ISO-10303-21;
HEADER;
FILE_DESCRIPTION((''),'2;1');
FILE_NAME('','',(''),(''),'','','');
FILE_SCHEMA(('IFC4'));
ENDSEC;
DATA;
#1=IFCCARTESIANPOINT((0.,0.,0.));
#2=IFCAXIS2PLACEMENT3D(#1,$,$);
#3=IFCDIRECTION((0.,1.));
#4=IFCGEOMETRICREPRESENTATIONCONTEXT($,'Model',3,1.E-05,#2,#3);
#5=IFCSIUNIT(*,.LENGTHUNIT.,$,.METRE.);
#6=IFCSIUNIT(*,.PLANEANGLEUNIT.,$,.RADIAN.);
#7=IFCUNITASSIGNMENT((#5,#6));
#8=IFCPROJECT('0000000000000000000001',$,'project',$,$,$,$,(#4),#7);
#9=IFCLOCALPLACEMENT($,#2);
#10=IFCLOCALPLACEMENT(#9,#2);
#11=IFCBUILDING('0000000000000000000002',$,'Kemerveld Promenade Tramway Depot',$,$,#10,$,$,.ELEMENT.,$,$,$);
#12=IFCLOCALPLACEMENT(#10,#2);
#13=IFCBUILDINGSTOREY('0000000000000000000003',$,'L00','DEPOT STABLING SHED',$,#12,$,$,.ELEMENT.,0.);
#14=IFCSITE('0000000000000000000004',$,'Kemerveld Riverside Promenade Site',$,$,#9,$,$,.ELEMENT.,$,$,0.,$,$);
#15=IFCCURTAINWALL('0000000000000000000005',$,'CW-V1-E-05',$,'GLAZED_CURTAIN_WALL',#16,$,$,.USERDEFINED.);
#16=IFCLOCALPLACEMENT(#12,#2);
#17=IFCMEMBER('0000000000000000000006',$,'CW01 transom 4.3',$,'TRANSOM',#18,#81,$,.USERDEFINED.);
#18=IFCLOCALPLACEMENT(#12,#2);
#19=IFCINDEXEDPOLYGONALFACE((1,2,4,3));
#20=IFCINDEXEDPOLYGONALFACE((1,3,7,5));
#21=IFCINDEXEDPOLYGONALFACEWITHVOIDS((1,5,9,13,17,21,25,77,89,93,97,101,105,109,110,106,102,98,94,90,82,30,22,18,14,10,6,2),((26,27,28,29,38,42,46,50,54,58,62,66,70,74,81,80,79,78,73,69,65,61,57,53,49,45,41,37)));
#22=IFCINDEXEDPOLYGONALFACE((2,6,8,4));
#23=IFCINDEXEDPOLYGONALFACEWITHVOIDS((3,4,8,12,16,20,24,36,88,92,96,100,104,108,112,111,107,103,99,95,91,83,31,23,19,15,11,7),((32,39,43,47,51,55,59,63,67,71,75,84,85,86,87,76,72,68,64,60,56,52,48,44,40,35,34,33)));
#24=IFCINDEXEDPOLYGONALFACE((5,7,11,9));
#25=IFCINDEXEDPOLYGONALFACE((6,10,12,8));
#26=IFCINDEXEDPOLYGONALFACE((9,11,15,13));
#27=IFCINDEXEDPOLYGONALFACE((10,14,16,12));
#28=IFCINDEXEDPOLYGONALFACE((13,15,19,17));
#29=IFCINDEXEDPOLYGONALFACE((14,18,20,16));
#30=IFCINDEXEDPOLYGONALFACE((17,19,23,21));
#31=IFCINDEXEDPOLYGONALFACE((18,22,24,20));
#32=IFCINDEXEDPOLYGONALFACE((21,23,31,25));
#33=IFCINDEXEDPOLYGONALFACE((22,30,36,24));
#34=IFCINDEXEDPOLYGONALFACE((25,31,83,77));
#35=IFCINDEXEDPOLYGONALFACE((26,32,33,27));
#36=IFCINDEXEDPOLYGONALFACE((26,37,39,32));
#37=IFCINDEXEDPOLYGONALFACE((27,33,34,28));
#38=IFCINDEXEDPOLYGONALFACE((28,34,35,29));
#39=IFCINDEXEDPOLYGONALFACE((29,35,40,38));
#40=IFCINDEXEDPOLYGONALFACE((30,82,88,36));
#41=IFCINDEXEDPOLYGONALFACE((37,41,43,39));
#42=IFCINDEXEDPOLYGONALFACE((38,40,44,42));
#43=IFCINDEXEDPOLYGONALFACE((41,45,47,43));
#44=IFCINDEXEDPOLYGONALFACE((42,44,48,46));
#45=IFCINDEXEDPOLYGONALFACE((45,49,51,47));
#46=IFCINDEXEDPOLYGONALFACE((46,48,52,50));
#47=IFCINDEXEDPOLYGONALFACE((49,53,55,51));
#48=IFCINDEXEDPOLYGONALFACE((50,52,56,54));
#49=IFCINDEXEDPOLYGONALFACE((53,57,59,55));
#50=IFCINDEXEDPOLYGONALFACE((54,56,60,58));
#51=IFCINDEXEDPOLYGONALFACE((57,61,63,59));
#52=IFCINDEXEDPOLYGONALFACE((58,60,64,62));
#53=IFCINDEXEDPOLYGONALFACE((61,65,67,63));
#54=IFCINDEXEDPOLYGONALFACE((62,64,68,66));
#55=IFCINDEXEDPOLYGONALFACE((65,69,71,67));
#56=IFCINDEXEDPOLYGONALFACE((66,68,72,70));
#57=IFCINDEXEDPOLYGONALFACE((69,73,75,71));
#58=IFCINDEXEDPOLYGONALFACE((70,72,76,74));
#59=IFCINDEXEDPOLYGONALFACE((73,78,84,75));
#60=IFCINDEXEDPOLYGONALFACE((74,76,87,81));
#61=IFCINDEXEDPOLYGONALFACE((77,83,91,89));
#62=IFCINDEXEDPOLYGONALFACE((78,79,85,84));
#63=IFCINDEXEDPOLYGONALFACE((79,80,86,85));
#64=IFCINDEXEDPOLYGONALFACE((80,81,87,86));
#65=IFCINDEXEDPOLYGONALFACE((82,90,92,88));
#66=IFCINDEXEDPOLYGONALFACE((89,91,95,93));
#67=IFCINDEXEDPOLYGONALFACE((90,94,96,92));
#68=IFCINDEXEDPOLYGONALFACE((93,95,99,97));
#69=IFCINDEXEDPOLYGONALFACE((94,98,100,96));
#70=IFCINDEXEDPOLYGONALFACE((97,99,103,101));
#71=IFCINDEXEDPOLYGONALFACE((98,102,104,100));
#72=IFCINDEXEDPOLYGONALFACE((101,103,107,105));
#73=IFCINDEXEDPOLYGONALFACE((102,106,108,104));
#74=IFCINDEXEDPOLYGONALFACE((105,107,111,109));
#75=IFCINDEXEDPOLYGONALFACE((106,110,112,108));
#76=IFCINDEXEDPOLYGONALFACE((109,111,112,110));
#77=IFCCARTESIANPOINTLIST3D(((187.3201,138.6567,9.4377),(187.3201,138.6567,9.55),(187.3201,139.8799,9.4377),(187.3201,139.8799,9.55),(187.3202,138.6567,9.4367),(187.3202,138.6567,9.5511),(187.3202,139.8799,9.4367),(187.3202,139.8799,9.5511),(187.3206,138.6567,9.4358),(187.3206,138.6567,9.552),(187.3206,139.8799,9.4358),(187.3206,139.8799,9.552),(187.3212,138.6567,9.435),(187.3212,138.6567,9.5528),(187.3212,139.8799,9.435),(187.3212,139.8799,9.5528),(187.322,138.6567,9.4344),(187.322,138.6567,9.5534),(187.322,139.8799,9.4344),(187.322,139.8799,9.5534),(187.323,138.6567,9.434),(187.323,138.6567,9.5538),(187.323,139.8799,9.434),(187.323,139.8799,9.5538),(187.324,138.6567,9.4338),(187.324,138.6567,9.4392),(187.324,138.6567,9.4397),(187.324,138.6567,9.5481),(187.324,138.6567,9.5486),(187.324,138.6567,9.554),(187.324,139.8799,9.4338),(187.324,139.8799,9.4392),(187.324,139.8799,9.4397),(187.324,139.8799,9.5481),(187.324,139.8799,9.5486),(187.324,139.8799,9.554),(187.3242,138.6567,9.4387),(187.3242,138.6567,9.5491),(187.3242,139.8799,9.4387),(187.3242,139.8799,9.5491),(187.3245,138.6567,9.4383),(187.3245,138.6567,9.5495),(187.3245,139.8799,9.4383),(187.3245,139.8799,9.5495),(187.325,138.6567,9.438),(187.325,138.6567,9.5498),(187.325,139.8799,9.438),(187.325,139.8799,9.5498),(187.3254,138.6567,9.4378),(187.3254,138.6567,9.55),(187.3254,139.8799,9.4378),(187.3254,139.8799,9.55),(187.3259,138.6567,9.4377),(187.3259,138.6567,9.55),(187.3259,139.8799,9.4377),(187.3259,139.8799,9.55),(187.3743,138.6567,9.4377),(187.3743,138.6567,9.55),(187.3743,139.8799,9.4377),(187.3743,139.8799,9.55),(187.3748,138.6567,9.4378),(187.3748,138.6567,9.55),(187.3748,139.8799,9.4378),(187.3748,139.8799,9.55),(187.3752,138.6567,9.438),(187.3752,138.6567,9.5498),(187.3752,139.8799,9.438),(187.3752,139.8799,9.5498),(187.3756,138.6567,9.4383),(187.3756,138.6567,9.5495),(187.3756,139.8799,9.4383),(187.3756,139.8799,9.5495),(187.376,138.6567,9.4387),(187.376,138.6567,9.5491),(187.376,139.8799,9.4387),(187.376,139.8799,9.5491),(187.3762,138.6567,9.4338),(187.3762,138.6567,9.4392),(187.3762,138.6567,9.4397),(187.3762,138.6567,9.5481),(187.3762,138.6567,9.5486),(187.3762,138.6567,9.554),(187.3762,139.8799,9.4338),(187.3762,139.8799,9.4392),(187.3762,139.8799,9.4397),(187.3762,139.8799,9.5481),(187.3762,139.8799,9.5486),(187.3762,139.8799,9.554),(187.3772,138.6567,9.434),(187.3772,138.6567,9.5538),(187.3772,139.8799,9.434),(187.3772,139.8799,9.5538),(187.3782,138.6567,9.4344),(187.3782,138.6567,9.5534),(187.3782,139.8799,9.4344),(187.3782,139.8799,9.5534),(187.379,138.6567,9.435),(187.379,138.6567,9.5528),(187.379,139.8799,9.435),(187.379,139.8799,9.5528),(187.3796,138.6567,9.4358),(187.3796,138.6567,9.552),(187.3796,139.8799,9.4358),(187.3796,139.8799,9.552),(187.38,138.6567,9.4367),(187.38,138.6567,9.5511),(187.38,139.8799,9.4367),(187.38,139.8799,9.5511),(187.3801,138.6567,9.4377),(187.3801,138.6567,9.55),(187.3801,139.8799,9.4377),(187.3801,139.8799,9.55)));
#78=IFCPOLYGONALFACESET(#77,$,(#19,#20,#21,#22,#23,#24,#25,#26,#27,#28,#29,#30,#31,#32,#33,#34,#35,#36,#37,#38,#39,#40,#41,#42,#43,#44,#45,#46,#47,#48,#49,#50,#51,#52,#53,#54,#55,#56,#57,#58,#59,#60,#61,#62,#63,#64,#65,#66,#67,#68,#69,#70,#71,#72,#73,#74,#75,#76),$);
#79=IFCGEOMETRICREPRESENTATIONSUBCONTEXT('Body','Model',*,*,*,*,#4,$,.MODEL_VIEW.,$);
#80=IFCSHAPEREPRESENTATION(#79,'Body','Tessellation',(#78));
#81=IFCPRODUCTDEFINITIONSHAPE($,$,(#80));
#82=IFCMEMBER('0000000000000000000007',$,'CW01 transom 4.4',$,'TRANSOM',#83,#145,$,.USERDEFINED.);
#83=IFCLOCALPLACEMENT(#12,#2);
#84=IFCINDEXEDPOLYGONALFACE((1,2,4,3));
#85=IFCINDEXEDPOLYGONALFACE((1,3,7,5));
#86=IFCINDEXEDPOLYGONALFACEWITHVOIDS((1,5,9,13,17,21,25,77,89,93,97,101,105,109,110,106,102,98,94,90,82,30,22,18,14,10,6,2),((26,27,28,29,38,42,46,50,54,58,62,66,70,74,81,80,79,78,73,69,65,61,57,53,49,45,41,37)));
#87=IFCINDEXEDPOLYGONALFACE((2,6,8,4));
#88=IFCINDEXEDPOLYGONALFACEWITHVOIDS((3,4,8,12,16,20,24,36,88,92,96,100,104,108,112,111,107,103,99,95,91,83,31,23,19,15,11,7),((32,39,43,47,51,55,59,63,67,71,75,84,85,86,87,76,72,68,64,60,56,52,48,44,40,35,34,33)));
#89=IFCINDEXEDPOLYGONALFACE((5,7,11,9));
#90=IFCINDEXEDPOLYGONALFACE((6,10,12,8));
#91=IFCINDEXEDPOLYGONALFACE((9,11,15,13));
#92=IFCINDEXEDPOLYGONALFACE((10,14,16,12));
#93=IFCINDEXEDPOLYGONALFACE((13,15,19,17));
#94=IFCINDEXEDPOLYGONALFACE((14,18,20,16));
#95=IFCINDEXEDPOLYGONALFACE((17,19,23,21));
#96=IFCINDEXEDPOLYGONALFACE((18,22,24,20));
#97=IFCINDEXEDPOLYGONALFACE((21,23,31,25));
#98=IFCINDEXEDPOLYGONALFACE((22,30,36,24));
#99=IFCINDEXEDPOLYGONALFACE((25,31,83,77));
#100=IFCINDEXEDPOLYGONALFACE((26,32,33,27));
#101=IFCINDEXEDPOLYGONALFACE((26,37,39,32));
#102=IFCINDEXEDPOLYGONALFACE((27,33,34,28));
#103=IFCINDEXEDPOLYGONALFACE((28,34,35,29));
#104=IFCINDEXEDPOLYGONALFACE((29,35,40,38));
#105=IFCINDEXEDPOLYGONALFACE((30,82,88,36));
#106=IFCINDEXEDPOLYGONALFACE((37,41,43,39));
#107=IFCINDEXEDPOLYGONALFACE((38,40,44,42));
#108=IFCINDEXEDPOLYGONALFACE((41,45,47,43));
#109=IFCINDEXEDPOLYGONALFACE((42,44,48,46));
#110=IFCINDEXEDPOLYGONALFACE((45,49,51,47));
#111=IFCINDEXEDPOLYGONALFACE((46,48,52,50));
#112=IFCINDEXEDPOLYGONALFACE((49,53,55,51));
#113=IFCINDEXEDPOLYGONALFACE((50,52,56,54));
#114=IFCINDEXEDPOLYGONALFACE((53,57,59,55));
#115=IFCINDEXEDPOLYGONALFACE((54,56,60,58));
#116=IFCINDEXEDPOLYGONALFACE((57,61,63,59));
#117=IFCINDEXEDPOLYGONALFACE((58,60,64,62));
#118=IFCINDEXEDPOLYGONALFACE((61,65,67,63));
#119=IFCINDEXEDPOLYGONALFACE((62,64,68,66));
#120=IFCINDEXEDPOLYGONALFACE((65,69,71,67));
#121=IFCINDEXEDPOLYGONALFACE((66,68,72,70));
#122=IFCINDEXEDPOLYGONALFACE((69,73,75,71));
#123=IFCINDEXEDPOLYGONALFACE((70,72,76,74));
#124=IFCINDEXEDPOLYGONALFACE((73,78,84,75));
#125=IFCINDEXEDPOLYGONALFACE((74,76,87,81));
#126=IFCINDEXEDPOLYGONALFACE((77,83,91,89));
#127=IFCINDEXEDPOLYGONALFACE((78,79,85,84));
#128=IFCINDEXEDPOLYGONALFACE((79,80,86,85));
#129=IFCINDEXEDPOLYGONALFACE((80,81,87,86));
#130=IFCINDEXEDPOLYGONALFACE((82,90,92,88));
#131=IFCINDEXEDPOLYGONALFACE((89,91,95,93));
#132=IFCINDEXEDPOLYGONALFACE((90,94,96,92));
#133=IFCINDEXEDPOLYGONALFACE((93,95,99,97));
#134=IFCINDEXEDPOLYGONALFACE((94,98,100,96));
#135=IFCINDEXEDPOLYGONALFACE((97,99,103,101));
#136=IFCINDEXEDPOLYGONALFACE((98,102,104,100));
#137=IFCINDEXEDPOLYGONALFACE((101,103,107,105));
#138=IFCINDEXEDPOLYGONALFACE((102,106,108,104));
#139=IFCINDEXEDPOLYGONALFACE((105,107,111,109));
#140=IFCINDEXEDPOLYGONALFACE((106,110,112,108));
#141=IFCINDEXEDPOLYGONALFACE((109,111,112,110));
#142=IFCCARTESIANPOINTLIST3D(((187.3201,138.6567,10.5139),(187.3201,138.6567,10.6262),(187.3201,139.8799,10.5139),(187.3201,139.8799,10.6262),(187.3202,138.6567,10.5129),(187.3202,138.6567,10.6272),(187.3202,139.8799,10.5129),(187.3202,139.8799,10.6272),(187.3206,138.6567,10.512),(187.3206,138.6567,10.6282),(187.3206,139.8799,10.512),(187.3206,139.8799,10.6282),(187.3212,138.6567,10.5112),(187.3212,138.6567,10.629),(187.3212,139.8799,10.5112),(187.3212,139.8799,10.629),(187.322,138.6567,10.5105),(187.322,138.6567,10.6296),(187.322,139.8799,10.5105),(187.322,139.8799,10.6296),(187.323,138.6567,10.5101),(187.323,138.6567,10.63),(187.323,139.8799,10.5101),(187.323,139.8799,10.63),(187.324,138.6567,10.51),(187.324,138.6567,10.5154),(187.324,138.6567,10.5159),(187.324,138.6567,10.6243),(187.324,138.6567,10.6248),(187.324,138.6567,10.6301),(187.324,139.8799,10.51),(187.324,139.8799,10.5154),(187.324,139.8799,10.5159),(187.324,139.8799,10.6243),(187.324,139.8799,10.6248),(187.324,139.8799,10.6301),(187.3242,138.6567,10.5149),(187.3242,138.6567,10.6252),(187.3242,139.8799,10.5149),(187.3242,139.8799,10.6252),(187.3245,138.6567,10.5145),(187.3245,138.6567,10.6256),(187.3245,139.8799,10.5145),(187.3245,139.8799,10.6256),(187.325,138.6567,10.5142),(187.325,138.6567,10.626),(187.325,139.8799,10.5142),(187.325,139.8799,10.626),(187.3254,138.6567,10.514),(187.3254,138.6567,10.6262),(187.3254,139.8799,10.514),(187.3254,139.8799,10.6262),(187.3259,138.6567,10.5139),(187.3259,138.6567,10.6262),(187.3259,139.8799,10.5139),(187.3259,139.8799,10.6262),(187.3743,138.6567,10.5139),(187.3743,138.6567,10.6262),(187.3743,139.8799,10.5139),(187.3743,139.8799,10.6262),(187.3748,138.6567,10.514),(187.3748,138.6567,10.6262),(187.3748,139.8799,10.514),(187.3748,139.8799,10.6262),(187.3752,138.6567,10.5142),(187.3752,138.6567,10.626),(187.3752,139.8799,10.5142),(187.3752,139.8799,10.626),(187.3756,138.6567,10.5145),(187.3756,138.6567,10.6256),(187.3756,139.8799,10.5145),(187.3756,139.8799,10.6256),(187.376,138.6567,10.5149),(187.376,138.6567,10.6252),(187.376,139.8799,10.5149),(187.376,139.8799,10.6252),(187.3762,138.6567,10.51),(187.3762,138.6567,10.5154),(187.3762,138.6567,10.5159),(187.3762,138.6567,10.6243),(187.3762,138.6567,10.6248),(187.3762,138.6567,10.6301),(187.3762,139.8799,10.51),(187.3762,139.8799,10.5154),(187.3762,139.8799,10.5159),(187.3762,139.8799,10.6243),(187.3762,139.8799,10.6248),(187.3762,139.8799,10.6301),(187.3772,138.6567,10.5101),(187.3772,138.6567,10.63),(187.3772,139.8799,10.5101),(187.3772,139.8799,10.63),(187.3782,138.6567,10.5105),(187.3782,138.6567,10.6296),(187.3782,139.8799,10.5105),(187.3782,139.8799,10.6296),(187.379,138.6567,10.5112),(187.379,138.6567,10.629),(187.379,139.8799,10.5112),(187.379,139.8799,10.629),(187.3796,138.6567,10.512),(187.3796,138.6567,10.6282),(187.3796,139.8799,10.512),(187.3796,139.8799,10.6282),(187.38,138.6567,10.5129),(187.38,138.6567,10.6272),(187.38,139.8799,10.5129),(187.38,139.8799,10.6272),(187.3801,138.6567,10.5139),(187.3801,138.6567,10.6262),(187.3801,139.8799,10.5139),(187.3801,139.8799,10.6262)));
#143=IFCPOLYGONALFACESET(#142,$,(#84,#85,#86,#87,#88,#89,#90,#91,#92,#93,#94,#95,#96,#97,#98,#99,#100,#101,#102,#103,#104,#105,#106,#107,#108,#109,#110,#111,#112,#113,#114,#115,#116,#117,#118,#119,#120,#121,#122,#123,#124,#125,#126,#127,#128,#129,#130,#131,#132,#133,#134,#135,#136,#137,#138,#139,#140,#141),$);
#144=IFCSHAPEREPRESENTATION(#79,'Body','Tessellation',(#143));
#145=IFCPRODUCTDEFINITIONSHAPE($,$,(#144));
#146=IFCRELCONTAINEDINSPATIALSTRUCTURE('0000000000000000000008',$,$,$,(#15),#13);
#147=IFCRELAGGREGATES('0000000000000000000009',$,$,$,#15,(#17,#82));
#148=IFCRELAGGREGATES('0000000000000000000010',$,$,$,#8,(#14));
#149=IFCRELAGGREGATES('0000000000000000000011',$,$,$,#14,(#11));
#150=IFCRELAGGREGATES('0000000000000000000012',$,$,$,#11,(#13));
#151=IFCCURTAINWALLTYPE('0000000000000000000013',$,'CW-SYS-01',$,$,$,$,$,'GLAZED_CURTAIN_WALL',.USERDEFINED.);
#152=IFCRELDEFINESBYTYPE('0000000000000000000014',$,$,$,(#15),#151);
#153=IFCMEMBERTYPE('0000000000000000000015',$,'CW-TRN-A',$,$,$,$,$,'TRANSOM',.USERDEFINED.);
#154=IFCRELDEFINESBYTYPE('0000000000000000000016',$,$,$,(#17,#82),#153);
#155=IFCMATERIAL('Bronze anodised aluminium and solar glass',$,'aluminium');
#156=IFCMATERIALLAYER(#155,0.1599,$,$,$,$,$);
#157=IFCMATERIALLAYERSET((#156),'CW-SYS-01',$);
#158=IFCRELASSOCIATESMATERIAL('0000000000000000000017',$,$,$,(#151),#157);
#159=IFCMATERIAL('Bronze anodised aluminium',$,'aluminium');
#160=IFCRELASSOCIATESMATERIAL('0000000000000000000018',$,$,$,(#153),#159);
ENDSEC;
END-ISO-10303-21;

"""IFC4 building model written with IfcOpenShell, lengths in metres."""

from ifc_helpers import new_model, si_unit, direction, frame, origin, origin_2d, place, context, subcontext, project, spatial, hollow_rectangle, extrude, material, layer, layer_set, material_profile, profile_set, type_object, element, aggregate, save


model = new_model("IFC4")

# Units and contexts
model_context = context("Model", 3, precision=1e-05, world=origin(), true_north=direction((0.0, 1.0)))
body_context = subcontext(model_context, "Body", "Model", "MODEL_VIEW")
ifc_project = project(units=[si_unit("LENGTHUNIT", "METRE"), si_unit("PLANEANGLEUNIT", "RADIAN")], contexts=[model_context])

# Site, building, storey
site_placement = place(None, origin())
site = spatial("IfcSite", under=ifc_project, at=site_placement, Name="Kemerveld Riverside Promenade Site", CompositionType="ELEMENT", RefElevation=0.0)
building_placement = place(site_placement, origin())
building = spatial("IfcBuilding", under=site, at=building_placement, Name="Kemerveld Promenade Tramway Depot", CompositionType="ELEMENT")
storey_placement = place(building_placement, origin())
storey = spatial("IfcBuildingStorey", under=building, at=storey_placement, Name="L00", Description="DEPOT STABLING SHED", CompositionType="ELEMENT", Elevation=0.0)

# Curtain wall, members
ifc_material_1 = material(Name="Bronze anodised aluminium and solar glass", Category="aluminium")
ifc_layer_1 = layer(ifc_material_1, 0.1599)
ifc_layer_set_1 = layer_set([ifc_layer_1], Name="CW-SYS-01")
curtain_wall_type_1 = type_object("IfcCurtainWallType", Name="CW-SYS-01", ElementType="GLAZED_CURTAIN_WALL", PredefinedType="USERDEFINED", material=ifc_layer_set_1)
curtain_wall_1_placement = place(storey_placement, origin())
curtain_wall_1 = element("IfcCurtainWall", 1, at=curtain_wall_1_placement, inside=storey, type_object=curtain_wall_type_1, Name="CW-V1-E-05", ObjectType="GLAZED_CURTAIN_WALL", PredefinedType="USERDEFINED")
ifc_material_2 = material(Name="Bronze anodised aluminium", Category="aluminium")
ifc_material_profile_1 = material_profile(ifc_material_2, hollow_rectangle(XDim=0.0601, YDim=0.1201, WallThickness=0.0039, InnerFilletRadius=0.002, OuterFilletRadius=0.0039, at=origin_2d()), Name="CW-TRN-120x60")
ifc_profile_set_1 = profile_set([ifc_material_profile_1], Name="Bronze anodised aluminium")
member_type_1 = type_object("IfcMemberType", Name="CW-TRN-A", ElementType="TRANSOM", PredefinedType="USERDEFINED", material=ifc_profile_set_1)
member_1_placement = place(storey_placement, frame((187.3501, 139.8799, 9.4939), z_axis=(0.0, -1.0, 0.0), x_axis=(1.0, 0.0, 0.0)))
member_1 = element("IfcMember", 2, at=member_1_placement, type_object=member_type_1, Name="CW01 transom 4.3", ObjectType="TRANSOM", PredefinedType="USERDEFINED", context=body_context, shape_type="SweptSolid", body=[
    extrude(hollow_rectangle(XDim=0.0601, YDim=0.1201, WallThickness=0.0039, InnerFilletRadius=0.002, OuterFilletRadius=0.0039, at=origin_2d()), origin(), (0.0, 0.0, 1.0), 1.2231),
])
member_2_placement = place(storey_placement, frame((187.3501, 139.8799, 10.5701), z_axis=(0.0, -1.0, 0.0), x_axis=(1.0, 0.0, 0.0)))
member_2 = element("IfcMember", 3, at=member_2_placement, type_object=member_type_1, Name="CW01 transom 4.4", ObjectType="TRANSOM", PredefinedType="USERDEFINED", context=body_context, shape_type="SweptSolid", body=[
    extrude(hollow_rectangle(XDim=0.0601, YDim=0.1201, WallThickness=0.0039, InnerFilletRadius=0.002, OuterFilletRadius=0.0039, at=origin_2d()), origin(), (0.0, 0.0, 1.0), 1.2231),
])

aggregate(curtain_wall_1, [member_1, member_2])

save(model, "model.ifc")
